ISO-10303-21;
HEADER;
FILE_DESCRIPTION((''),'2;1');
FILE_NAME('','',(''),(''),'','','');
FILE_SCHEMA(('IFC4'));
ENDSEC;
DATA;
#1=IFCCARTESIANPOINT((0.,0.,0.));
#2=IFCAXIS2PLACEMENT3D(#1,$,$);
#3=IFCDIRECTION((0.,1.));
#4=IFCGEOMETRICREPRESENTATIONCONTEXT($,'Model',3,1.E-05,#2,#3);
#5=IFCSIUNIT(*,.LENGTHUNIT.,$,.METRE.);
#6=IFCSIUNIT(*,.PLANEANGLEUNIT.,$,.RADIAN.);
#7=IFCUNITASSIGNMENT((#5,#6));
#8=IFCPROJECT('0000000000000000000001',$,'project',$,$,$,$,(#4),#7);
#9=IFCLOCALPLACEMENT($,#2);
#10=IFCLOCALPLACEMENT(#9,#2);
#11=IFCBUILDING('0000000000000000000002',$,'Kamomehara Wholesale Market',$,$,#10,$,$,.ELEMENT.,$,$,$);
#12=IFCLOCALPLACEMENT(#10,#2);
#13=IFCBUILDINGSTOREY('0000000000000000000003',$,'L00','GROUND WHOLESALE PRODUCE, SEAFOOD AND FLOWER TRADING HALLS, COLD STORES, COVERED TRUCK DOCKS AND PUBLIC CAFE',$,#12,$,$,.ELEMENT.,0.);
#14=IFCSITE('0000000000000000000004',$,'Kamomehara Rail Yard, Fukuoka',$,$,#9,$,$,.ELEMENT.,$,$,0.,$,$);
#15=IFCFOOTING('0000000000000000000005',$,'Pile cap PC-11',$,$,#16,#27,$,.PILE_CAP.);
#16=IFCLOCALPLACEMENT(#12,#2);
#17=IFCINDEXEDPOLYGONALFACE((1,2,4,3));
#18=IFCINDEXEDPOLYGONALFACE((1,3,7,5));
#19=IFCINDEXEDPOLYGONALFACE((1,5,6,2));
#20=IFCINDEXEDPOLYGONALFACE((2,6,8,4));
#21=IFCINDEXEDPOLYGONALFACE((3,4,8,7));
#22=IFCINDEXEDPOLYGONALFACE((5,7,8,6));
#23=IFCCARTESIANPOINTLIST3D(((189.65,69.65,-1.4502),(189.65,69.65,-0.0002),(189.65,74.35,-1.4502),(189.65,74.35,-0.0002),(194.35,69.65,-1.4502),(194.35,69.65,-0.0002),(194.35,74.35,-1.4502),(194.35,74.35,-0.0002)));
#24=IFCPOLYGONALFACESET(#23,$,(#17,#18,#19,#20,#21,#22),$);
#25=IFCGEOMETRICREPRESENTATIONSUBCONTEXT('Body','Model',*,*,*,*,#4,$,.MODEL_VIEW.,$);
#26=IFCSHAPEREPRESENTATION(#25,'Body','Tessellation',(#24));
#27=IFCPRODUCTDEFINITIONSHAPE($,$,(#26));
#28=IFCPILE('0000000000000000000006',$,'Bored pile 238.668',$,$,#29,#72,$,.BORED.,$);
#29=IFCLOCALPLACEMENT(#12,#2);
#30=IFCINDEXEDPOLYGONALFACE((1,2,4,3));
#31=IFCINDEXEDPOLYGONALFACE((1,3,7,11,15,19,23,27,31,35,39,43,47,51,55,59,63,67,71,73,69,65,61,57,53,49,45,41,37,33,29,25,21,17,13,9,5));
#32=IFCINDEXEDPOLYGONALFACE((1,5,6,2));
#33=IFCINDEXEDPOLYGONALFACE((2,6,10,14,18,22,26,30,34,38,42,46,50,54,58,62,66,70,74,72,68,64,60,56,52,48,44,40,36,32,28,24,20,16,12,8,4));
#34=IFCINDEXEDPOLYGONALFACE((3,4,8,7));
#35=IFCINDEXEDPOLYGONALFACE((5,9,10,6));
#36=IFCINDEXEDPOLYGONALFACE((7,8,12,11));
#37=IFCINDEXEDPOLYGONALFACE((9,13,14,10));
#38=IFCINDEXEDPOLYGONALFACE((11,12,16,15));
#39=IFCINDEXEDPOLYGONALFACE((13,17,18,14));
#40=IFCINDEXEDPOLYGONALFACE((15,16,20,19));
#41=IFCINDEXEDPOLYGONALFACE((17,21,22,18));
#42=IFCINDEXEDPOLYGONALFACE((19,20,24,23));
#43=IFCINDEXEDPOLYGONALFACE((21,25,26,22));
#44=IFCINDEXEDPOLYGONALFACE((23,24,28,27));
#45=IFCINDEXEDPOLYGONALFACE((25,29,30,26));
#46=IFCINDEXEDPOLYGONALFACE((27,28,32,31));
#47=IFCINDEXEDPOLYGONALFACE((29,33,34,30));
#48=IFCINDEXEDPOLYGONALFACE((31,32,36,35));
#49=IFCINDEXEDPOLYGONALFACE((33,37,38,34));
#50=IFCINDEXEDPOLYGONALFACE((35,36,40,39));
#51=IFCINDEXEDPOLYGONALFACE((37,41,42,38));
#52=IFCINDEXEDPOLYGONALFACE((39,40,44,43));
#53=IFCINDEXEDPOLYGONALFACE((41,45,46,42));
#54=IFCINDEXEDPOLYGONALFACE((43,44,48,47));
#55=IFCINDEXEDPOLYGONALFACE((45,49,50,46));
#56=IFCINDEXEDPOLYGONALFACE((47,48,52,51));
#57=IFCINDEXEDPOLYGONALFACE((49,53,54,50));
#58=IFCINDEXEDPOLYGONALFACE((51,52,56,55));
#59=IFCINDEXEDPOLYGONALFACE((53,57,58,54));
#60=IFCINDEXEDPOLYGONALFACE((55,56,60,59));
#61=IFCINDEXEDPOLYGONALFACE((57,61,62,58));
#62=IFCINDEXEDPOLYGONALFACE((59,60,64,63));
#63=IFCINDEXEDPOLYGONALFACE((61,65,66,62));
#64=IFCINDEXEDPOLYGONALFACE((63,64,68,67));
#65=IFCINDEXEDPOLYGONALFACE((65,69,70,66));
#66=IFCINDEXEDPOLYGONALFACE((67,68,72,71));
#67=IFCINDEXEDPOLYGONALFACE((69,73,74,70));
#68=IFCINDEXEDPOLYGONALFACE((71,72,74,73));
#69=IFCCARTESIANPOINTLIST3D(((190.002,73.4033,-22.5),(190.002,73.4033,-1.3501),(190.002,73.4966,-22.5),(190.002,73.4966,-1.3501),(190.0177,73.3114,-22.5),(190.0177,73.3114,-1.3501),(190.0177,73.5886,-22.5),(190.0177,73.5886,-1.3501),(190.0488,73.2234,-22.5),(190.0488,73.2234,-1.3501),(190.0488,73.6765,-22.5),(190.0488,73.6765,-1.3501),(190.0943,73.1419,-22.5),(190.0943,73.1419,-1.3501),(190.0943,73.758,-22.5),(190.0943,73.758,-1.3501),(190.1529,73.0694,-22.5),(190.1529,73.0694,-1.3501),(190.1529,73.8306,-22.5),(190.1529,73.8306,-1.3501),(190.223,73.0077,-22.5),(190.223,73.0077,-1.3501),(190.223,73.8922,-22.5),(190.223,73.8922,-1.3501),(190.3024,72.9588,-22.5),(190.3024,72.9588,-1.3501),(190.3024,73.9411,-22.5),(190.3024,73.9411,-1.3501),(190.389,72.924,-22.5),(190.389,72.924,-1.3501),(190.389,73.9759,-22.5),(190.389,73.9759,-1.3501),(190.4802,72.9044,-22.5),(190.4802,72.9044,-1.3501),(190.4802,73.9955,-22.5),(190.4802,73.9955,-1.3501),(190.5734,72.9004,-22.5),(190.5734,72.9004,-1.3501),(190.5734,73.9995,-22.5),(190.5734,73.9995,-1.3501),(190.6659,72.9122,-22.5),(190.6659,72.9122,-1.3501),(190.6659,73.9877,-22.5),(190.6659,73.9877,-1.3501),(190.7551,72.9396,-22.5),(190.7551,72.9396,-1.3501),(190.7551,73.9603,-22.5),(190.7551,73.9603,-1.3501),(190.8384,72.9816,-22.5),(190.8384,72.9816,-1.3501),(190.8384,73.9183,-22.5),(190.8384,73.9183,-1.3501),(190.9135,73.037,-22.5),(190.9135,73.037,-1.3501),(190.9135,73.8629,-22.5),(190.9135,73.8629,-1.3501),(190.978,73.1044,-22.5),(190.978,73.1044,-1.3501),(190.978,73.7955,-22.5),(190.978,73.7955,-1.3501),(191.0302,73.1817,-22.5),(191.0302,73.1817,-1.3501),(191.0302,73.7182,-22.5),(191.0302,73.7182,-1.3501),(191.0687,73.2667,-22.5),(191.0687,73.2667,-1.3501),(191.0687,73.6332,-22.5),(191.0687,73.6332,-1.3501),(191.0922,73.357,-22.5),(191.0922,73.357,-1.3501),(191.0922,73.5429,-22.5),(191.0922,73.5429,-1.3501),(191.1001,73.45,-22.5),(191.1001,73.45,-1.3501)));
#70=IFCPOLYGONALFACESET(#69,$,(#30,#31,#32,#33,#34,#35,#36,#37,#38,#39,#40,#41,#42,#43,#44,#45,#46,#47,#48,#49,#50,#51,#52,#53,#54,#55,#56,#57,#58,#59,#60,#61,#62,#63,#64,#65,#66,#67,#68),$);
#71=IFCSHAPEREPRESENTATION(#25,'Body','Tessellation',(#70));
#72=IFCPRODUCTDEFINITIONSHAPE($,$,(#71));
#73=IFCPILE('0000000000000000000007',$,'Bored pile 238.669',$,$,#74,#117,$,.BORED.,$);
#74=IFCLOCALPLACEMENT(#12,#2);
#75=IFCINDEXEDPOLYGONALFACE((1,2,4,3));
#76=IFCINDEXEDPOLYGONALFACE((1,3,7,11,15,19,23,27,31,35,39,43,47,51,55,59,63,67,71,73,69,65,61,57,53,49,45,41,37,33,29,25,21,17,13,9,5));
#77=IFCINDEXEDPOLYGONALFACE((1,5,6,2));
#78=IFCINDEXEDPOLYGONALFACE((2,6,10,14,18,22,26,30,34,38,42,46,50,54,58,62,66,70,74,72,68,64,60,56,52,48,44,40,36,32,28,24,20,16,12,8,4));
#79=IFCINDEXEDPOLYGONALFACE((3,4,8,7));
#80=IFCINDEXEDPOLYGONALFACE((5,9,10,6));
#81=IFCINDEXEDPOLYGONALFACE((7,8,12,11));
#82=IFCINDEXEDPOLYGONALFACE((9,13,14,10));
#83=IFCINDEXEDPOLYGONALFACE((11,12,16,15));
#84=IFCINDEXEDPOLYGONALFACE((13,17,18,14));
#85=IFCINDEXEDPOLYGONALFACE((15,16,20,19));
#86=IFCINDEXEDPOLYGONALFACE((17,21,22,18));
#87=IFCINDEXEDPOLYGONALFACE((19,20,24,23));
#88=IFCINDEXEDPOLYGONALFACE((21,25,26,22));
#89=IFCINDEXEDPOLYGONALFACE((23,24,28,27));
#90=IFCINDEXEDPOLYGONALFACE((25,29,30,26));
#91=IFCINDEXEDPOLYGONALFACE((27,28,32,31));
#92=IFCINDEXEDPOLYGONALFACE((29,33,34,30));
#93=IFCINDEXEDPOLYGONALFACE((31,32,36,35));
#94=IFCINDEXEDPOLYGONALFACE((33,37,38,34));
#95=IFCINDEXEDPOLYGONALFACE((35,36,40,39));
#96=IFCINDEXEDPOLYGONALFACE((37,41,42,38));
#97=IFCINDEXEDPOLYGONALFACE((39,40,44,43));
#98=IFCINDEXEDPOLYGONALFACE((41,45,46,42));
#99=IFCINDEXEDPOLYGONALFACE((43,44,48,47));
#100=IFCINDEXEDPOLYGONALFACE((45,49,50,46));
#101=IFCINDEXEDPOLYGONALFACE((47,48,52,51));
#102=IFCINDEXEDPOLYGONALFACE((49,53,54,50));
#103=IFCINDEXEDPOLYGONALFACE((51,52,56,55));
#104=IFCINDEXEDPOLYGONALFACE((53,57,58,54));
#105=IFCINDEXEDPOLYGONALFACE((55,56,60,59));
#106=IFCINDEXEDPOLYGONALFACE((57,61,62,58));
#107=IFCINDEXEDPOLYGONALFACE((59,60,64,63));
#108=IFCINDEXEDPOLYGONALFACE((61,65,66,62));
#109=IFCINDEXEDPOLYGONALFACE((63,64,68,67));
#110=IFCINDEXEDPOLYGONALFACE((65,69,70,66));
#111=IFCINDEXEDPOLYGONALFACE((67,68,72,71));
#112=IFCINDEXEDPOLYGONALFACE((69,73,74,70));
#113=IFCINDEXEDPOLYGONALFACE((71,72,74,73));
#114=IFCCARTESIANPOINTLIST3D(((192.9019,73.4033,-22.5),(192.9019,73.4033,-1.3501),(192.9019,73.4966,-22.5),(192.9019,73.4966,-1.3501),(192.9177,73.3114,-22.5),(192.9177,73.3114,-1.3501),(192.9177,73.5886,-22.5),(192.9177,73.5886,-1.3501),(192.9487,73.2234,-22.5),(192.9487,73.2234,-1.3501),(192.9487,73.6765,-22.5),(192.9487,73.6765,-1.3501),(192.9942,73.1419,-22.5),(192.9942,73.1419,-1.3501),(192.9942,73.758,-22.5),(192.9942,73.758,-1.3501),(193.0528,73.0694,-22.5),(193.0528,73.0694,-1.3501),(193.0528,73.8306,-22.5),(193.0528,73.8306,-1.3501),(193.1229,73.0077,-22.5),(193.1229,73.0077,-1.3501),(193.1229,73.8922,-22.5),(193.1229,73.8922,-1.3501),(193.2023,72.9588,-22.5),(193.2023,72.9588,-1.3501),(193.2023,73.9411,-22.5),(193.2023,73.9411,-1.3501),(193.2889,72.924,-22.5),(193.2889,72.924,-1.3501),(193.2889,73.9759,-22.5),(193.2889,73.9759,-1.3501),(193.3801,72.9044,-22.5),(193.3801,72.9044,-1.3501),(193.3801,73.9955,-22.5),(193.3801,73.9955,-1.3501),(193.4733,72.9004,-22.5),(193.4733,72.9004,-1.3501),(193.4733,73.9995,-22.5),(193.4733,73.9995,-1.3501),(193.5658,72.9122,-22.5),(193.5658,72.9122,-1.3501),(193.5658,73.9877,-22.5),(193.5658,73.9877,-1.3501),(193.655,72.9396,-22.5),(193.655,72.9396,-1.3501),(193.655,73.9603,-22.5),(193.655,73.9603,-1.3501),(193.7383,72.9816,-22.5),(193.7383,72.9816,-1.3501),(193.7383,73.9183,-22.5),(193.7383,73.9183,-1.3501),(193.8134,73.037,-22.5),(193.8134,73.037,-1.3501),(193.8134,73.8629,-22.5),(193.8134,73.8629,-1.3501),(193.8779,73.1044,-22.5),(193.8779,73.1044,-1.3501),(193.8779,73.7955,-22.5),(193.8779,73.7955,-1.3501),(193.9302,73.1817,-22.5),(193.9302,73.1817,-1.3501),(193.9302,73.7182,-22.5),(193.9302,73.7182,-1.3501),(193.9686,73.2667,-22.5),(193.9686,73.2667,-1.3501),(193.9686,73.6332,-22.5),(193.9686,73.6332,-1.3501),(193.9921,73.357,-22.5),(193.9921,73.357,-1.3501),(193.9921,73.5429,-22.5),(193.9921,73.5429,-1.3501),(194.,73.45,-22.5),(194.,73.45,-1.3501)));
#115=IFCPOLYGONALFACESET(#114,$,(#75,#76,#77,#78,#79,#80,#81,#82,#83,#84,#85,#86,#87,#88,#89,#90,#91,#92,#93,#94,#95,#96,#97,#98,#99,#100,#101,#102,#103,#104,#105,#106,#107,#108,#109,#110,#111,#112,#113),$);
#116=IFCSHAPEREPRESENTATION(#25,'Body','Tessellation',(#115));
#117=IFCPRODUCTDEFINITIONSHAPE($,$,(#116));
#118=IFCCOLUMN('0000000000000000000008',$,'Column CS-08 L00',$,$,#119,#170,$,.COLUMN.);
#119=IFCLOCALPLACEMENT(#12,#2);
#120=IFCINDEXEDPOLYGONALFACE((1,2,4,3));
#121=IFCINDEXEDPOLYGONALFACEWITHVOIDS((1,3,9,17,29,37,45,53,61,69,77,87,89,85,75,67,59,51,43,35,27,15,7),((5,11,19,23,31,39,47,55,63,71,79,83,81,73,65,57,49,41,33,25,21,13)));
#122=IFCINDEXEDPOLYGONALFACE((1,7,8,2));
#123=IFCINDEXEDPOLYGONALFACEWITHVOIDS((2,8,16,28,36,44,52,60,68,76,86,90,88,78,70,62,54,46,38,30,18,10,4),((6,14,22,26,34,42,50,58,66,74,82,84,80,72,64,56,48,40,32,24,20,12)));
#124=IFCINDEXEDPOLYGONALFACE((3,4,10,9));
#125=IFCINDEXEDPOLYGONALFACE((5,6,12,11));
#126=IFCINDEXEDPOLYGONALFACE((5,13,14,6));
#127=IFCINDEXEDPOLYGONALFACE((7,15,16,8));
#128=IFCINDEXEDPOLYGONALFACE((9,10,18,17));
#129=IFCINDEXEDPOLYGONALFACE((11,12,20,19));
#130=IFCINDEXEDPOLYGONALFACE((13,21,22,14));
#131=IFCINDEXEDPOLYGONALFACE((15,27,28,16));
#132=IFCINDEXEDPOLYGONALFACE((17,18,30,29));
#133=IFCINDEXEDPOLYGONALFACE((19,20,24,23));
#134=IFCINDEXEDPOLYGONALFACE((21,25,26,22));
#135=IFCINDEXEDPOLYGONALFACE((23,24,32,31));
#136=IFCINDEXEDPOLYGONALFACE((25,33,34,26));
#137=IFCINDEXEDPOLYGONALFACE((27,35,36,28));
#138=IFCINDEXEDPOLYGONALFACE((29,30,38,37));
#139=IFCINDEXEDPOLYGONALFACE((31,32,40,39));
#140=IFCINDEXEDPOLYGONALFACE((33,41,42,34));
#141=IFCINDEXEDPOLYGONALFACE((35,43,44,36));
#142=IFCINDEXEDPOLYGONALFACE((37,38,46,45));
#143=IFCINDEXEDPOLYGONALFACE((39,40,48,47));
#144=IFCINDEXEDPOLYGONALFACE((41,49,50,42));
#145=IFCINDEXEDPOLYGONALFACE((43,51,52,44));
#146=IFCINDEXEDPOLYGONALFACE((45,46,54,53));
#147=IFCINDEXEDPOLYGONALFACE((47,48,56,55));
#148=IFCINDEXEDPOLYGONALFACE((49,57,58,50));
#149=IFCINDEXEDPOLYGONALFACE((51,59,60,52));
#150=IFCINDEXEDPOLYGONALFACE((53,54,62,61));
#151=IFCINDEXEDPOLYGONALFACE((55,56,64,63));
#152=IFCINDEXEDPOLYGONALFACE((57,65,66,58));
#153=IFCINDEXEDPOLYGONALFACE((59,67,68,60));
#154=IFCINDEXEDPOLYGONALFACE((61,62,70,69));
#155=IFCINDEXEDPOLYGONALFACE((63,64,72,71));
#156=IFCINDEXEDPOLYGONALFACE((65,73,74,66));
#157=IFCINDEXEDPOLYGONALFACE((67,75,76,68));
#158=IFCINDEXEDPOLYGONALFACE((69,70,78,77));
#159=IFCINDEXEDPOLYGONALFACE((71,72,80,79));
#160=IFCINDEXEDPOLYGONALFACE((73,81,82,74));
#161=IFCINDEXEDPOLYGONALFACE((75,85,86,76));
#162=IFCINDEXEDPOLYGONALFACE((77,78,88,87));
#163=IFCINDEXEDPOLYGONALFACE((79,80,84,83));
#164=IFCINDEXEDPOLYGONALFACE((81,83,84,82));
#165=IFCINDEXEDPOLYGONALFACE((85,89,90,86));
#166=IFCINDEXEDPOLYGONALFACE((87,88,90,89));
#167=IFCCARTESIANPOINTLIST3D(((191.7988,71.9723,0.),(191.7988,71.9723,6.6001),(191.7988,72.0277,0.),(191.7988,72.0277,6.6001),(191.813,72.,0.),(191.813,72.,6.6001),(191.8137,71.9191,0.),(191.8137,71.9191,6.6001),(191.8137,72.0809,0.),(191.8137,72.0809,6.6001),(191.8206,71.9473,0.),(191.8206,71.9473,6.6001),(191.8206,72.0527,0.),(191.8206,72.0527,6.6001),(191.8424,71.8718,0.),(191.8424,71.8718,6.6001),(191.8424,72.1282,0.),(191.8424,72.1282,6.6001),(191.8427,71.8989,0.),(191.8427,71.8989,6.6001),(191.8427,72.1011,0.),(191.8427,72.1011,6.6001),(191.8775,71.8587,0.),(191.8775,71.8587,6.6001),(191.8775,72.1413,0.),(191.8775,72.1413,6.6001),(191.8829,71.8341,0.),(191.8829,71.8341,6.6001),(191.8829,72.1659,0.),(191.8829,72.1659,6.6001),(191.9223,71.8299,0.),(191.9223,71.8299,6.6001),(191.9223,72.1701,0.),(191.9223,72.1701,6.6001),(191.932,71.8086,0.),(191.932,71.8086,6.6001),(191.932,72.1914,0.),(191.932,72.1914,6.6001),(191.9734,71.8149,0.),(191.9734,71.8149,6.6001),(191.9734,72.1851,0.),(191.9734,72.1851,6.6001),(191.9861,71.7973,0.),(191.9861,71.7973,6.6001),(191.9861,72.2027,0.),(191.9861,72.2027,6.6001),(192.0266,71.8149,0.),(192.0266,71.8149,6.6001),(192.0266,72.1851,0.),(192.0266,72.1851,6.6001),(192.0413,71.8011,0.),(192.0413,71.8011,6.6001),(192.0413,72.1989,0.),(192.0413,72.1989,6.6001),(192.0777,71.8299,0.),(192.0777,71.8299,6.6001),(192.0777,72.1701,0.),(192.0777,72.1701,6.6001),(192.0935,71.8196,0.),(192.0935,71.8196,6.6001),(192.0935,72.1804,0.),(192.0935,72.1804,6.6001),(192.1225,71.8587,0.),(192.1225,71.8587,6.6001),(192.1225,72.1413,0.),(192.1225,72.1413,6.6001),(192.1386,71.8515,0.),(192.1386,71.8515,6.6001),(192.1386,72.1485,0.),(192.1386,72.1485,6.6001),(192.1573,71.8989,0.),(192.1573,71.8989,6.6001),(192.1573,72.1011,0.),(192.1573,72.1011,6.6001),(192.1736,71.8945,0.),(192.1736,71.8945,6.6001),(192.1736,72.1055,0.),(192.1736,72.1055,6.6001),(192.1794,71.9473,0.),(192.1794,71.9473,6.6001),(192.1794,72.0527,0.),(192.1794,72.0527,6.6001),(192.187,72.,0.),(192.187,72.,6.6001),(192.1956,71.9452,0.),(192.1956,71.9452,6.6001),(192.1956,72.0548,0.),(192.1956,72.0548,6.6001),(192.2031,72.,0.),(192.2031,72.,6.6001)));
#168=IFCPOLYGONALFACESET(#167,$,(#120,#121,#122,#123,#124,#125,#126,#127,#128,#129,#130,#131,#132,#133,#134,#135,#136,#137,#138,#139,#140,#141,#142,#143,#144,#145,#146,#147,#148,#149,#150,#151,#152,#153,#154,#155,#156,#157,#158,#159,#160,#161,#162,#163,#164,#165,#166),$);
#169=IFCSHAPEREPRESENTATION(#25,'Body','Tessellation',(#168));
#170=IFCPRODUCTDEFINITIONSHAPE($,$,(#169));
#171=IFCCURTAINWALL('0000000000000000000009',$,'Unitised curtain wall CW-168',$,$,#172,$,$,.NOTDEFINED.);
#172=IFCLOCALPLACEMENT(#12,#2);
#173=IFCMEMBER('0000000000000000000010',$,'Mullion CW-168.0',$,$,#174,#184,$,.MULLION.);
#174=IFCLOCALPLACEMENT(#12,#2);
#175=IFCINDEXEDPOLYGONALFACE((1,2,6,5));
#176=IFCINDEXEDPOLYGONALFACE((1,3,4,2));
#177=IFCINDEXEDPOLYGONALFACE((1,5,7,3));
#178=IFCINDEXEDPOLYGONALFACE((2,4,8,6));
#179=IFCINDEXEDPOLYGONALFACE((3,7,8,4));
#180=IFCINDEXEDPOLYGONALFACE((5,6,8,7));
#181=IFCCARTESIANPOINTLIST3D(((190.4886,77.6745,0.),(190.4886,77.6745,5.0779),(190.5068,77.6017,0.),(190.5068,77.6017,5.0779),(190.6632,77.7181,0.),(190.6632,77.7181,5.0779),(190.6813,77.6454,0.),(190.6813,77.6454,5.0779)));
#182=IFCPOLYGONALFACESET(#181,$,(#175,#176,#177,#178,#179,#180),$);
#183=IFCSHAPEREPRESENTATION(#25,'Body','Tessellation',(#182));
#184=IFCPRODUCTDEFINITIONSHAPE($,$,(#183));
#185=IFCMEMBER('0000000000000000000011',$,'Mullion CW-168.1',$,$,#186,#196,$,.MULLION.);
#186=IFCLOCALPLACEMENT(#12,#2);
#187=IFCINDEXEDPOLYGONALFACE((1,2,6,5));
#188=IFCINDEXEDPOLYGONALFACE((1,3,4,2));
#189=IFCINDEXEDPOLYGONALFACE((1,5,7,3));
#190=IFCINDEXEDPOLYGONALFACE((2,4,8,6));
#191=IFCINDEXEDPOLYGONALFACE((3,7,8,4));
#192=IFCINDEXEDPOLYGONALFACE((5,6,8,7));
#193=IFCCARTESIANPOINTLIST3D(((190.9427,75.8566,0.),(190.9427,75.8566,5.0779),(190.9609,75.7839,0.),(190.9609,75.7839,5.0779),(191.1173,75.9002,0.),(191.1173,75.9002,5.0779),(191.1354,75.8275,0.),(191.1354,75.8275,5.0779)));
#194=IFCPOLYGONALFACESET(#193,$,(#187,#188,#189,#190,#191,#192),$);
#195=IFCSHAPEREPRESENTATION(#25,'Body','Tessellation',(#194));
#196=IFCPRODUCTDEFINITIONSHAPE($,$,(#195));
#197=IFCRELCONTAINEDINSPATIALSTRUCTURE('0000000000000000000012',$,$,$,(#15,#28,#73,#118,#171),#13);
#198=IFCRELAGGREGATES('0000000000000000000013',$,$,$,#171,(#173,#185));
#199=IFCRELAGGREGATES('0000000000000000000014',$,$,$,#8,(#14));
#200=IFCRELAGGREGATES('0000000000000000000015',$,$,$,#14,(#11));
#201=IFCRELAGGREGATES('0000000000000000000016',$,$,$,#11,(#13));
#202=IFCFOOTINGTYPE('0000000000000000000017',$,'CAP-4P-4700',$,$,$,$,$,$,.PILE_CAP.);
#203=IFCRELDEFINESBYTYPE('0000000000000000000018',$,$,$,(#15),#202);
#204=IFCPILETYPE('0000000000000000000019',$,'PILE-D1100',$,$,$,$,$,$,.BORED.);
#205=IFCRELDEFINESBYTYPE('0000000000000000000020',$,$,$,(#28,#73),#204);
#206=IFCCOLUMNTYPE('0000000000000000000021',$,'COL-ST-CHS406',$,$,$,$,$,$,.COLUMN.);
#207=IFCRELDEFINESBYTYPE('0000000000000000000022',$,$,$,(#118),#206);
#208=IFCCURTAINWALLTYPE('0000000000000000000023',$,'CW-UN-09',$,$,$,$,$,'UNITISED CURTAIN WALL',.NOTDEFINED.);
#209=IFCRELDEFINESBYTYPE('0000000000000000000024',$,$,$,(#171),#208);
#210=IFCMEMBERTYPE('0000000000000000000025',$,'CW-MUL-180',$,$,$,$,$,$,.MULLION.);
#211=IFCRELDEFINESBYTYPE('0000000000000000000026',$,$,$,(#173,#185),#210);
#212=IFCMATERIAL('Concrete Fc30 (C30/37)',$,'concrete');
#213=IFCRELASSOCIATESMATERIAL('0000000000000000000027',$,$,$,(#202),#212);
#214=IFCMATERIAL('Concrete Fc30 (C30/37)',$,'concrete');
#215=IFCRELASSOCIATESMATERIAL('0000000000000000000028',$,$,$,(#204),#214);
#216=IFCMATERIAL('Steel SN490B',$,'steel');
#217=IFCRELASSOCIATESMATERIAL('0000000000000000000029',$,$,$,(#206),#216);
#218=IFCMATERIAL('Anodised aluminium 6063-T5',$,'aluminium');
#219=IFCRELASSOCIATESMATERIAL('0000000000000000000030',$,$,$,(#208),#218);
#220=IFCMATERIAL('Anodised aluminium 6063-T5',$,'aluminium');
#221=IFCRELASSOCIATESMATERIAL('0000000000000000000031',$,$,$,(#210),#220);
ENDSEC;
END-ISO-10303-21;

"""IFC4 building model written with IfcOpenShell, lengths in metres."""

from ifc_helpers import new_model, si_unit, direction, frame, origin, origin_2d, place, context, subcontext, project, spatial, rectangle, circle, hollow_circle, extrude, material, material_profile, profile_set, type_object, element, aggregate, save


model = new_model("IFC4")

# Units and contexts
model_context = context("Model", 3, precision=1e-05, world=origin(), true_north=direction((0.0, 1.0)))
body_context = subcontext(model_context, "Body", "Model", "MODEL_VIEW")
ifc_project = project(units=[si_unit("LENGTHUNIT", "METRE"), si_unit("PLANEANGLEUNIT", "RADIAN")], contexts=[model_context])

# Site, building, storey
site_placement = place(None, origin())
site = spatial("IfcSite", under=ifc_project, at=site_placement, Name="Kamomehara Rail Yard, Fukuoka", CompositionType="ELEMENT", RefElevation=0.0)
building_placement = place(site_placement, origin())
building = spatial("IfcBuilding", under=site, at=building_placement, Name="Kamomehara Wholesale Market", CompositionType="ELEMENT")
storey_placement = place(building_placement, origin())
storey = spatial("IfcBuildingStorey", under=building, at=storey_placement, Name="L00", Description="GROUND WHOLESALE PRODUCE, SEAFOOD AND FLOWER TRADING HALLS, COLD STORES, COVERED TRUCK DOCKS AND PUBLIC CAFE", CompositionType="ELEMENT", Elevation=0.0)

# Footing
ifc_material_1 = material(Name="Concrete Fc30 (C30/37)", Category="concrete")
footing_type = type_object("IfcFootingType", Name="CAP-4P-4700", PredefinedType="PILE_CAP", material=ifc_material_1)
footing_placement = place(storey_placement, frame((192.0, 72.0, -1.4502), z_axis=(0.0, 0.0, 1.0), x_axis=(1.0, 0.0, 0.0)))
element("IfcFooting", 1, at=footing_placement, inside=storey, type_object=footing_type, Name="Pile cap PC-11", PredefinedType="PILE_CAP", context=body_context, shape_type="SweptSolid", body=[
    extrude(rectangle(XDim=4.7, YDim=4.7, at=origin_2d()), origin(), (0.0, 0.0, 1.0), 1.45),
])

# Piles
ifc_material_2 = material(Name="Concrete Fc30 (C30/37)", Category="concrete")
ifc_material_profile_1 = material_profile(ifc_material_2, circle(Radius=0.55, at=origin_2d()), Name="RC-PILE-D1100")
ifc_profile_set_1 = profile_set([ifc_material_profile_1], Name="Concrete Fc30 (C30/37)")
pile_type = type_object("IfcPileType", Name="PILE-D1100", PredefinedType="BORED", material=ifc_profile_set_1)
for number, where, z_axis, x_axis, name in (
    (2, (190.55, 73.45, -1.3501), (0.0, 0.0, -1.0), (1.0, 0.0, 0.0), "Bored pile 238.668"),
    (3, (193.45, 73.45, -1.3501), (0.0, 0.0, -1.0), (1.0, 0.0, 0.0), "Bored pile 238.669"),
):
    element("IfcPile", number, at=place(storey_placement, frame(where, z_axis=z_axis, x_axis=x_axis)), inside=storey, type_object=pile_type, Name=name, PredefinedType="BORED", context=body_context, shape_type="SweptSolid", body=[
        extrude(circle(Radius=0.55, at=origin_2d()), origin(), (0.0, 0.0, 1.0), 21.1499),
    ])

# Column
ifc_material_3 = material(Name="Steel SN490B", Category="steel")
ifc_material_profile_2 = material_profile(ifc_material_3, hollow_circle(Radius=0.2031, WallThickness=0.0161, at=origin_2d()), Name="CHS-406.4x16.0")
ifc_profile_set_2 = profile_set([ifc_material_profile_2], Name="Steel SN490B")
column_type = type_object("IfcColumnType", Name="COL-ST-CHS406", PredefinedType="COLUMN", material=ifc_profile_set_2)
column_placement = place(storey_placement, frame((192.0, 72.0, 0.0), z_axis=(0.0, 0.0, 1.0), x_axis=(1.0, 0.0, 0.0)))
element("IfcColumn", 4, at=column_placement, inside=storey, type_object=column_type, Name="Column CS-08 L00", PredefinedType="COLUMN", context=body_context, shape_type="SweptSolid", body=[
    extrude(hollow_circle(Radius=0.2031, WallThickness=0.0161, at=origin_2d()), origin(), (0.0, 0.0, 1.0), 6.6001),
])

# Curtain wall, members
ifc_material_4 = material(Name="Anodised aluminium 6063-T5", Category="aluminium")
curtain_wall_type = type_object("IfcCurtainWallType", Name="CW-UN-09", ElementType="UNITISED CURTAIN WALL", PredefinedType="NOTDEFINED", material=ifc_material_4)
curtain_wall_1_placement = place(storey_placement, origin())
curtain_wall_1 = element("IfcCurtainWall", 5, at=curtain_wall_1_placement, inside=storey, type_object=curtain_wall_type, Name="Unitised curtain wall CW-168", PredefinedType="NOTDEFINED")
ifc_material_5 = material(Name="Anodised aluminium 6063-T5", Category="aluminium")
ifc_material_profile_3 = material_profile(ifc_material_5, rectangle(XDim=0.075, YDim=0.1799, at=origin_2d()), Name="ALU-MUL-75x180")
ifc_profile_set_3 = profile_set([ifc_material_profile_3], Name="Anodised aluminium 6063-T5")
member_type_1 = type_object("IfcMemberType", Name="CW-MUL-180", PredefinedType="MULLION", material=ifc_profile_set_3)
member_1_placement = place(storey_placement, frame((190.585, 77.6599, 0.0), z_axis=(0.0, 0.0, 1.0), x_axis=(0.242494, -0.970153, 0.0)))
member_1 = element("IfcMember", 6, at=member_1_placement, type_object=member_type_1, Name="Mullion CW-168.0", PredefinedType="MULLION", context=body_context, shape_type="SweptSolid", body=[
    extrude(rectangle(XDim=0.075, YDim=0.1799, at=origin_2d()), origin(), (0.0, 0.0, 1.0), 5.0779),
])
member_2_placement = place(storey_placement, frame((191.0391, 75.842, 0.0), z_axis=(0.0, 0.0, 1.0), x_axis=(0.242494, -0.970153, 0.0)))
member_2 = element("IfcMember", 7, at=member_2_placement, type_object=member_type_1, Name="Mullion CW-168.1", PredefinedType="MULLION", context=body_context, shape_type="SweptSolid", body=[
    extrude(rectangle(XDim=0.075, YDim=0.1799, at=origin_2d()), origin(), (0.0, 0.0, 1.0), 5.0779),
])

aggregate(curtain_wall_1, [member_1, member_2])

save(model, "model.ifc")
